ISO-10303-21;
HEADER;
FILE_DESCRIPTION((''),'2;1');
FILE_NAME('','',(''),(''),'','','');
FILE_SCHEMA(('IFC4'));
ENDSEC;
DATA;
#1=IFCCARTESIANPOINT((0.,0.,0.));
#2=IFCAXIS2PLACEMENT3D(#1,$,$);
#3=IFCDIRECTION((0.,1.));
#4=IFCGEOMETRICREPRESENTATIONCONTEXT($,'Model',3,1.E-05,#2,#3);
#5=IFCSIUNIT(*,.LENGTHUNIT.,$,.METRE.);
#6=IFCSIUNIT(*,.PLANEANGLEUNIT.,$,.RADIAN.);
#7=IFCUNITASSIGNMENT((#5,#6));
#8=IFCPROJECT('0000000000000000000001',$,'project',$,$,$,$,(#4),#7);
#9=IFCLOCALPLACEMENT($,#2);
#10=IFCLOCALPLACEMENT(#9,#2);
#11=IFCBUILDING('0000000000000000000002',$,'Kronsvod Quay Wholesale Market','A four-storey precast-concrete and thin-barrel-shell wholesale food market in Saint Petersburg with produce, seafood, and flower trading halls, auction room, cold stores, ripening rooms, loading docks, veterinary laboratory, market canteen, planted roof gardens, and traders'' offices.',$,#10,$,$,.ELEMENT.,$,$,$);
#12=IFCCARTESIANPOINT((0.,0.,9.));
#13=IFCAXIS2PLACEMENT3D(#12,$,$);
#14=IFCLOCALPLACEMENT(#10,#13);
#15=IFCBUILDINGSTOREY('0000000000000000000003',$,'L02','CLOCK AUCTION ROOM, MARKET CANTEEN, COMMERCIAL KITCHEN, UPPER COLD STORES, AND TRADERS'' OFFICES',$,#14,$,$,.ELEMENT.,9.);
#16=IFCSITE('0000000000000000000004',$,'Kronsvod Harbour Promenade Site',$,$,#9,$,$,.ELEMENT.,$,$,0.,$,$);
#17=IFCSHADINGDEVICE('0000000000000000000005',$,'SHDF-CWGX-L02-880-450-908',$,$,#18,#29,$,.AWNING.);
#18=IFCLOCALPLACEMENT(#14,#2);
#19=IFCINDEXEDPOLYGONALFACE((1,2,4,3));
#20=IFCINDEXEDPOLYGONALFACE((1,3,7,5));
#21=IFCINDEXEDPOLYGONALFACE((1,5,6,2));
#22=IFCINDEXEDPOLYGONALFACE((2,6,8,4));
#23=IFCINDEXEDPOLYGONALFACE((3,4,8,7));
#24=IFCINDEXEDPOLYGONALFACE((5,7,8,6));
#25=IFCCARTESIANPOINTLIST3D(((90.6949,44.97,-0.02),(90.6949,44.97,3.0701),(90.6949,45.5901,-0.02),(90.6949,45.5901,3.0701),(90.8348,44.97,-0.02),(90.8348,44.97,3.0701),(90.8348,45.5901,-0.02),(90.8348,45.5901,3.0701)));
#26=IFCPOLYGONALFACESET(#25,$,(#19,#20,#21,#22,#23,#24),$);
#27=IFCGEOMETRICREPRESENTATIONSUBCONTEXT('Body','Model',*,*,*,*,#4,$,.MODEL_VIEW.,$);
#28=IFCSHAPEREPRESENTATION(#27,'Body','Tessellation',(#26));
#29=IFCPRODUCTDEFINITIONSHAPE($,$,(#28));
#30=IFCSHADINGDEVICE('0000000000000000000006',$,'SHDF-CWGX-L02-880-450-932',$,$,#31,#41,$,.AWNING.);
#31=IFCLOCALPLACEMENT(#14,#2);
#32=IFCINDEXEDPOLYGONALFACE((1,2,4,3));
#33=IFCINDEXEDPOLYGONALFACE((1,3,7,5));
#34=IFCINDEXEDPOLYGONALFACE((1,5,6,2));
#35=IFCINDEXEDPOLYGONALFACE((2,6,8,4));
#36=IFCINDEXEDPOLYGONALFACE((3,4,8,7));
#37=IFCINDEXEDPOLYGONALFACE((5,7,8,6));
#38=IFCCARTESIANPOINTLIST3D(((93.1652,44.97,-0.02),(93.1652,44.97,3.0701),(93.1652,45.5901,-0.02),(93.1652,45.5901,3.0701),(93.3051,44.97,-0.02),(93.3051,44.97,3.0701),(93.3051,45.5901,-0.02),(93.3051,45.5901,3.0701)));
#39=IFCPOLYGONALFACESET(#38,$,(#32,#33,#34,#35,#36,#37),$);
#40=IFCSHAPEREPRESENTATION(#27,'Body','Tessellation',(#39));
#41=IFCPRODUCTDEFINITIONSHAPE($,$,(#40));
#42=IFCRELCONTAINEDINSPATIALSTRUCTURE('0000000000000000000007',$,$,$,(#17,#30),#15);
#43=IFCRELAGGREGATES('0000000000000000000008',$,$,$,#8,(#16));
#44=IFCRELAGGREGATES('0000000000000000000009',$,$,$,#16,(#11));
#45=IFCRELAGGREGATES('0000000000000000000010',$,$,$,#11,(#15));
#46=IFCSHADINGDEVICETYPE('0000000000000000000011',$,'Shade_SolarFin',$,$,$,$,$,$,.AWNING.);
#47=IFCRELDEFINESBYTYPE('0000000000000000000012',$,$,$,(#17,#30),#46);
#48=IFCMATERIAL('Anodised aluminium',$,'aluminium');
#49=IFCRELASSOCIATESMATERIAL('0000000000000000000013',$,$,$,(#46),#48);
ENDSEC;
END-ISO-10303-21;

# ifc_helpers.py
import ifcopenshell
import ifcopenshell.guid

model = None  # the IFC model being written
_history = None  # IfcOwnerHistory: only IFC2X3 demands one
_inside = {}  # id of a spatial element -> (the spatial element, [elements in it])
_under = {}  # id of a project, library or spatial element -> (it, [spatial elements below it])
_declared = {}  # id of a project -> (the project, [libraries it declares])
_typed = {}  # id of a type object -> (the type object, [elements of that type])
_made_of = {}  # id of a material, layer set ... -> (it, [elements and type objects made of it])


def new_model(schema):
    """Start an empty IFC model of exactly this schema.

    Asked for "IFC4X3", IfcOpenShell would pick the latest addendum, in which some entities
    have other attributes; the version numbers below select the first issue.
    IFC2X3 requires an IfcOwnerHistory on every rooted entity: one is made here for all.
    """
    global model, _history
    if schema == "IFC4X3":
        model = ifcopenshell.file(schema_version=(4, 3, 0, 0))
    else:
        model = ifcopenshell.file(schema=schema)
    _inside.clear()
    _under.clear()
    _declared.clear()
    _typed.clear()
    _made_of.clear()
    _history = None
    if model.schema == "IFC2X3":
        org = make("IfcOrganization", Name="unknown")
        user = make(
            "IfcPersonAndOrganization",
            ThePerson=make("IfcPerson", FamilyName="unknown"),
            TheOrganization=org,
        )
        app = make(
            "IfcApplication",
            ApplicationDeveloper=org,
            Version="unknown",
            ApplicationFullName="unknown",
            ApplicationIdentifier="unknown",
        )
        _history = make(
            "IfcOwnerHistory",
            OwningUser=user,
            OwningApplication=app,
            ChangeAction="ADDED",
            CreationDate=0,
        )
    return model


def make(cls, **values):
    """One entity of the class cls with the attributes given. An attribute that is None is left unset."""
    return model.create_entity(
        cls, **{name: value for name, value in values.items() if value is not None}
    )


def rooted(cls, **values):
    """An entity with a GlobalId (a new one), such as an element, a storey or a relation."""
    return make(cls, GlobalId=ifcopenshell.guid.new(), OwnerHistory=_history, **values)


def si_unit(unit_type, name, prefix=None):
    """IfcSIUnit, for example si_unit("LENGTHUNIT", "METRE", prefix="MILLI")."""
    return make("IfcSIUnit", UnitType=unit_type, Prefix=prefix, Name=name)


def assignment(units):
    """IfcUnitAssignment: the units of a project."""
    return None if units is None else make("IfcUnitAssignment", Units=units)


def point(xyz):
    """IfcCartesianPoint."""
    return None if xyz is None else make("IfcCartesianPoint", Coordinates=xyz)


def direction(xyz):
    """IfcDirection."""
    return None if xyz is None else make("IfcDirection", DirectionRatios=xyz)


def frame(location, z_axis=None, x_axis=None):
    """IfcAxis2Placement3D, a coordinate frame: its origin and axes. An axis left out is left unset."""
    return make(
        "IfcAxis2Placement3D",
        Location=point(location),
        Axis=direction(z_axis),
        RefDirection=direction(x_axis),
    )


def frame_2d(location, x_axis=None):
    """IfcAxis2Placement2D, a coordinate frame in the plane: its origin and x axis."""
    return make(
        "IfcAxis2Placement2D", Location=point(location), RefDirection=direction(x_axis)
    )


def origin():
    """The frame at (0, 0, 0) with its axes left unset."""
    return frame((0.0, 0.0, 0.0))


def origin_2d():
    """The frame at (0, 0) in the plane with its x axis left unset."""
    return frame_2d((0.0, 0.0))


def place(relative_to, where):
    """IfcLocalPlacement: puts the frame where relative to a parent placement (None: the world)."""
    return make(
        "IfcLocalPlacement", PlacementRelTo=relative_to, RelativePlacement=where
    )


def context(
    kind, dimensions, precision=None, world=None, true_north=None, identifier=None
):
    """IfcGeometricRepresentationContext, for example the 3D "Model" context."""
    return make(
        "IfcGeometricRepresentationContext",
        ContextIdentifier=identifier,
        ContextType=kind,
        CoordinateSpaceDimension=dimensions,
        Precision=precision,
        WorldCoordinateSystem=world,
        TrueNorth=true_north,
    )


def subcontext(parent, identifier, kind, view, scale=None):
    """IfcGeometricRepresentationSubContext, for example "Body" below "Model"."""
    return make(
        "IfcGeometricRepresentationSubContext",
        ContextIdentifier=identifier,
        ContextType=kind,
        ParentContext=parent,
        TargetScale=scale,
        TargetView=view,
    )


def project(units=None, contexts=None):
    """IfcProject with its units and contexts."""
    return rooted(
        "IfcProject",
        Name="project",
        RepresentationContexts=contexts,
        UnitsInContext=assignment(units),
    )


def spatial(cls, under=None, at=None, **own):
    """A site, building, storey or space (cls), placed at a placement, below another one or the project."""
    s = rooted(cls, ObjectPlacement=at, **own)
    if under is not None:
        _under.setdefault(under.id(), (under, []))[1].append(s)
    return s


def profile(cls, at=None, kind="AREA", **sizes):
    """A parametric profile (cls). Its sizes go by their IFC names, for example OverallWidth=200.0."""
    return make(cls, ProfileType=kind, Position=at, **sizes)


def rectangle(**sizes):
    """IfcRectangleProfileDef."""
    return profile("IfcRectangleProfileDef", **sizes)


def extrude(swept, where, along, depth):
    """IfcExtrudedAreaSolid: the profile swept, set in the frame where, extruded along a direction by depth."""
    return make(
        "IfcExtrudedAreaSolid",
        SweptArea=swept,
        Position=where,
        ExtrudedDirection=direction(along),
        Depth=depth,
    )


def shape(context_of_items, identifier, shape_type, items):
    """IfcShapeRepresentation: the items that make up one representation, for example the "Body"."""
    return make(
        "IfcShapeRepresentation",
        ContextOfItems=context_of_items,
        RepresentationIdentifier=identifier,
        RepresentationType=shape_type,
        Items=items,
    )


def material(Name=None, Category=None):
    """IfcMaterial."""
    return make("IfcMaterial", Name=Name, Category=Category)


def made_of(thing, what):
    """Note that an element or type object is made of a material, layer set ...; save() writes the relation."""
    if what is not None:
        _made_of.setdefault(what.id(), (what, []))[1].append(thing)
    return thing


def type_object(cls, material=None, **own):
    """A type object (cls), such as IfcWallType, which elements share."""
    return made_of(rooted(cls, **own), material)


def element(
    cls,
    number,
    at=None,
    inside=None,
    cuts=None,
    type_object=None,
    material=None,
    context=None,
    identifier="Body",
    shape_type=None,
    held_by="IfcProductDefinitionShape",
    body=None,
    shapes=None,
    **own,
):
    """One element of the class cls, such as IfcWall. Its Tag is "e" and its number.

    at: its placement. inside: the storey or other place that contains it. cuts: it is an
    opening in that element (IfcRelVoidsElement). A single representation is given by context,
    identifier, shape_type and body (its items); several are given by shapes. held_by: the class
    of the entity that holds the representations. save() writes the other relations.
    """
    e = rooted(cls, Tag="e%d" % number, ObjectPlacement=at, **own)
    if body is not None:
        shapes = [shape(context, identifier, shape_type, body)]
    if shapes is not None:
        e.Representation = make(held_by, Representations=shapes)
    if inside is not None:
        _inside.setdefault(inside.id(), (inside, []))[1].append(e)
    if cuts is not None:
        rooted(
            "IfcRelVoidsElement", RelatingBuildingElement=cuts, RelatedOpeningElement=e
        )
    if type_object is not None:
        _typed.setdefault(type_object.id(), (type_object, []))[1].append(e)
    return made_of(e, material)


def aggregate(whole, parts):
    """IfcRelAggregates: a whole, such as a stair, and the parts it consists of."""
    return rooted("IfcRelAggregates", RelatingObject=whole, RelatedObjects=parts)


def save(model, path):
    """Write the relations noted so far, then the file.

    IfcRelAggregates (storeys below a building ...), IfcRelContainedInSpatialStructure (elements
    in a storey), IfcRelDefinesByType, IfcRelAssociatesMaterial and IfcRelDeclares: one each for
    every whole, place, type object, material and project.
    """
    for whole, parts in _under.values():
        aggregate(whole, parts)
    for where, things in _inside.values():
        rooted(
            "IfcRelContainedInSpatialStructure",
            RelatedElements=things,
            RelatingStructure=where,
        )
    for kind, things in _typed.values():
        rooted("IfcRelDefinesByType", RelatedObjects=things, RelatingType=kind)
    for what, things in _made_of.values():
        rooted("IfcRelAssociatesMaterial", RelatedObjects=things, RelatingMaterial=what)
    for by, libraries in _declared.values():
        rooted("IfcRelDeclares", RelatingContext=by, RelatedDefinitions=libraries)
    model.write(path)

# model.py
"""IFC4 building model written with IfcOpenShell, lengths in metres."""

from ifc_helpers import new_model, si_unit, direction, frame, origin, origin_2d, place, context, subcontext, project, spatial, rectangle, extrude, material, type_object, element, save


model = new_model("IFC4")

# Units and contexts
model_context = context("Model", 3, precision=1e-05, world=origin(), true_north=direction((0.0, 1.0)))
body_context = subcontext(model_context, "Body", "Model", "MODEL_VIEW")
ifc_project = project(units=[si_unit("LENGTHUNIT", "METRE"), si_unit("PLANEANGLEUNIT", "RADIAN")], contexts=[model_context])

# Site, building, storey
site_placement = place(None, origin())
site = spatial("IfcSite", under=ifc_project, at=site_placement, Name="Kronsvod Harbour Promenade Site", CompositionType="ELEMENT", RefElevation=0.0)
building_placement = place(site_placement, origin())
building = spatial("IfcBuilding", under=site, at=building_placement, Name="Kronsvod Quay Wholesale Market", Description="A four-storey precast-concrete and thin-barrel-shell wholesale food market in Saint Petersburg with produce, seafood, and flower trading halls, auction room, cold stores, ripening rooms, loading docks, veterinary laboratory, market canteen, planted roof gardens, and traders' offices.", CompositionType="ELEMENT")
storey_placement = place(building_placement, frame((0.0, 0.0, 9.0)))
storey = spatial("IfcBuildingStorey", under=building, at=storey_placement, Name="L02", Description="CLOCK AUCTION ROOM, MARKET CANTEEN, COMMERCIAL KITCHEN, UPPER COLD STORES, AND TRADERS' OFFICES", CompositionType="ELEMENT", Elevation=9.0)

# Shading devices
ifc_material_1 = material(Name="Anodised aluminium", Category="aluminium")
shading_device_type = type_object("IfcShadingDeviceType", Name="Shade_SolarFin", PredefinedType="AWNING", material=ifc_material_1)
for number, where, z_axis, x_axis, name in (
    (1, (90.7649, 45.28, -0.02), (0.0, 0.0, 1.0), (1.0, 0.0, 0.0), "SHDF-CWGX-L02-880-450-908"),
    (2, (93.2351, 45.28, -0.02), (0.0, 0.0, 1.0), (1.0, 0.0, 0.0), "SHDF-CWGX-L02-880-450-932"),
):
    element("IfcShadingDevice", number, at=place(storey_placement, frame(where, z_axis=z_axis, x_axis=x_axis)), inside=storey, type_object=shading_device_type, Name=name, PredefinedType="AWNING", context=body_context, shape_type="SweptSolid", body=[
        extrude(rectangle(XDim=0.1399, YDim=0.6201, at=origin_2d()), origin(), (0.0, 0.0, 1.0), 3.0901),
    ])

save(model, "model.ifc")
